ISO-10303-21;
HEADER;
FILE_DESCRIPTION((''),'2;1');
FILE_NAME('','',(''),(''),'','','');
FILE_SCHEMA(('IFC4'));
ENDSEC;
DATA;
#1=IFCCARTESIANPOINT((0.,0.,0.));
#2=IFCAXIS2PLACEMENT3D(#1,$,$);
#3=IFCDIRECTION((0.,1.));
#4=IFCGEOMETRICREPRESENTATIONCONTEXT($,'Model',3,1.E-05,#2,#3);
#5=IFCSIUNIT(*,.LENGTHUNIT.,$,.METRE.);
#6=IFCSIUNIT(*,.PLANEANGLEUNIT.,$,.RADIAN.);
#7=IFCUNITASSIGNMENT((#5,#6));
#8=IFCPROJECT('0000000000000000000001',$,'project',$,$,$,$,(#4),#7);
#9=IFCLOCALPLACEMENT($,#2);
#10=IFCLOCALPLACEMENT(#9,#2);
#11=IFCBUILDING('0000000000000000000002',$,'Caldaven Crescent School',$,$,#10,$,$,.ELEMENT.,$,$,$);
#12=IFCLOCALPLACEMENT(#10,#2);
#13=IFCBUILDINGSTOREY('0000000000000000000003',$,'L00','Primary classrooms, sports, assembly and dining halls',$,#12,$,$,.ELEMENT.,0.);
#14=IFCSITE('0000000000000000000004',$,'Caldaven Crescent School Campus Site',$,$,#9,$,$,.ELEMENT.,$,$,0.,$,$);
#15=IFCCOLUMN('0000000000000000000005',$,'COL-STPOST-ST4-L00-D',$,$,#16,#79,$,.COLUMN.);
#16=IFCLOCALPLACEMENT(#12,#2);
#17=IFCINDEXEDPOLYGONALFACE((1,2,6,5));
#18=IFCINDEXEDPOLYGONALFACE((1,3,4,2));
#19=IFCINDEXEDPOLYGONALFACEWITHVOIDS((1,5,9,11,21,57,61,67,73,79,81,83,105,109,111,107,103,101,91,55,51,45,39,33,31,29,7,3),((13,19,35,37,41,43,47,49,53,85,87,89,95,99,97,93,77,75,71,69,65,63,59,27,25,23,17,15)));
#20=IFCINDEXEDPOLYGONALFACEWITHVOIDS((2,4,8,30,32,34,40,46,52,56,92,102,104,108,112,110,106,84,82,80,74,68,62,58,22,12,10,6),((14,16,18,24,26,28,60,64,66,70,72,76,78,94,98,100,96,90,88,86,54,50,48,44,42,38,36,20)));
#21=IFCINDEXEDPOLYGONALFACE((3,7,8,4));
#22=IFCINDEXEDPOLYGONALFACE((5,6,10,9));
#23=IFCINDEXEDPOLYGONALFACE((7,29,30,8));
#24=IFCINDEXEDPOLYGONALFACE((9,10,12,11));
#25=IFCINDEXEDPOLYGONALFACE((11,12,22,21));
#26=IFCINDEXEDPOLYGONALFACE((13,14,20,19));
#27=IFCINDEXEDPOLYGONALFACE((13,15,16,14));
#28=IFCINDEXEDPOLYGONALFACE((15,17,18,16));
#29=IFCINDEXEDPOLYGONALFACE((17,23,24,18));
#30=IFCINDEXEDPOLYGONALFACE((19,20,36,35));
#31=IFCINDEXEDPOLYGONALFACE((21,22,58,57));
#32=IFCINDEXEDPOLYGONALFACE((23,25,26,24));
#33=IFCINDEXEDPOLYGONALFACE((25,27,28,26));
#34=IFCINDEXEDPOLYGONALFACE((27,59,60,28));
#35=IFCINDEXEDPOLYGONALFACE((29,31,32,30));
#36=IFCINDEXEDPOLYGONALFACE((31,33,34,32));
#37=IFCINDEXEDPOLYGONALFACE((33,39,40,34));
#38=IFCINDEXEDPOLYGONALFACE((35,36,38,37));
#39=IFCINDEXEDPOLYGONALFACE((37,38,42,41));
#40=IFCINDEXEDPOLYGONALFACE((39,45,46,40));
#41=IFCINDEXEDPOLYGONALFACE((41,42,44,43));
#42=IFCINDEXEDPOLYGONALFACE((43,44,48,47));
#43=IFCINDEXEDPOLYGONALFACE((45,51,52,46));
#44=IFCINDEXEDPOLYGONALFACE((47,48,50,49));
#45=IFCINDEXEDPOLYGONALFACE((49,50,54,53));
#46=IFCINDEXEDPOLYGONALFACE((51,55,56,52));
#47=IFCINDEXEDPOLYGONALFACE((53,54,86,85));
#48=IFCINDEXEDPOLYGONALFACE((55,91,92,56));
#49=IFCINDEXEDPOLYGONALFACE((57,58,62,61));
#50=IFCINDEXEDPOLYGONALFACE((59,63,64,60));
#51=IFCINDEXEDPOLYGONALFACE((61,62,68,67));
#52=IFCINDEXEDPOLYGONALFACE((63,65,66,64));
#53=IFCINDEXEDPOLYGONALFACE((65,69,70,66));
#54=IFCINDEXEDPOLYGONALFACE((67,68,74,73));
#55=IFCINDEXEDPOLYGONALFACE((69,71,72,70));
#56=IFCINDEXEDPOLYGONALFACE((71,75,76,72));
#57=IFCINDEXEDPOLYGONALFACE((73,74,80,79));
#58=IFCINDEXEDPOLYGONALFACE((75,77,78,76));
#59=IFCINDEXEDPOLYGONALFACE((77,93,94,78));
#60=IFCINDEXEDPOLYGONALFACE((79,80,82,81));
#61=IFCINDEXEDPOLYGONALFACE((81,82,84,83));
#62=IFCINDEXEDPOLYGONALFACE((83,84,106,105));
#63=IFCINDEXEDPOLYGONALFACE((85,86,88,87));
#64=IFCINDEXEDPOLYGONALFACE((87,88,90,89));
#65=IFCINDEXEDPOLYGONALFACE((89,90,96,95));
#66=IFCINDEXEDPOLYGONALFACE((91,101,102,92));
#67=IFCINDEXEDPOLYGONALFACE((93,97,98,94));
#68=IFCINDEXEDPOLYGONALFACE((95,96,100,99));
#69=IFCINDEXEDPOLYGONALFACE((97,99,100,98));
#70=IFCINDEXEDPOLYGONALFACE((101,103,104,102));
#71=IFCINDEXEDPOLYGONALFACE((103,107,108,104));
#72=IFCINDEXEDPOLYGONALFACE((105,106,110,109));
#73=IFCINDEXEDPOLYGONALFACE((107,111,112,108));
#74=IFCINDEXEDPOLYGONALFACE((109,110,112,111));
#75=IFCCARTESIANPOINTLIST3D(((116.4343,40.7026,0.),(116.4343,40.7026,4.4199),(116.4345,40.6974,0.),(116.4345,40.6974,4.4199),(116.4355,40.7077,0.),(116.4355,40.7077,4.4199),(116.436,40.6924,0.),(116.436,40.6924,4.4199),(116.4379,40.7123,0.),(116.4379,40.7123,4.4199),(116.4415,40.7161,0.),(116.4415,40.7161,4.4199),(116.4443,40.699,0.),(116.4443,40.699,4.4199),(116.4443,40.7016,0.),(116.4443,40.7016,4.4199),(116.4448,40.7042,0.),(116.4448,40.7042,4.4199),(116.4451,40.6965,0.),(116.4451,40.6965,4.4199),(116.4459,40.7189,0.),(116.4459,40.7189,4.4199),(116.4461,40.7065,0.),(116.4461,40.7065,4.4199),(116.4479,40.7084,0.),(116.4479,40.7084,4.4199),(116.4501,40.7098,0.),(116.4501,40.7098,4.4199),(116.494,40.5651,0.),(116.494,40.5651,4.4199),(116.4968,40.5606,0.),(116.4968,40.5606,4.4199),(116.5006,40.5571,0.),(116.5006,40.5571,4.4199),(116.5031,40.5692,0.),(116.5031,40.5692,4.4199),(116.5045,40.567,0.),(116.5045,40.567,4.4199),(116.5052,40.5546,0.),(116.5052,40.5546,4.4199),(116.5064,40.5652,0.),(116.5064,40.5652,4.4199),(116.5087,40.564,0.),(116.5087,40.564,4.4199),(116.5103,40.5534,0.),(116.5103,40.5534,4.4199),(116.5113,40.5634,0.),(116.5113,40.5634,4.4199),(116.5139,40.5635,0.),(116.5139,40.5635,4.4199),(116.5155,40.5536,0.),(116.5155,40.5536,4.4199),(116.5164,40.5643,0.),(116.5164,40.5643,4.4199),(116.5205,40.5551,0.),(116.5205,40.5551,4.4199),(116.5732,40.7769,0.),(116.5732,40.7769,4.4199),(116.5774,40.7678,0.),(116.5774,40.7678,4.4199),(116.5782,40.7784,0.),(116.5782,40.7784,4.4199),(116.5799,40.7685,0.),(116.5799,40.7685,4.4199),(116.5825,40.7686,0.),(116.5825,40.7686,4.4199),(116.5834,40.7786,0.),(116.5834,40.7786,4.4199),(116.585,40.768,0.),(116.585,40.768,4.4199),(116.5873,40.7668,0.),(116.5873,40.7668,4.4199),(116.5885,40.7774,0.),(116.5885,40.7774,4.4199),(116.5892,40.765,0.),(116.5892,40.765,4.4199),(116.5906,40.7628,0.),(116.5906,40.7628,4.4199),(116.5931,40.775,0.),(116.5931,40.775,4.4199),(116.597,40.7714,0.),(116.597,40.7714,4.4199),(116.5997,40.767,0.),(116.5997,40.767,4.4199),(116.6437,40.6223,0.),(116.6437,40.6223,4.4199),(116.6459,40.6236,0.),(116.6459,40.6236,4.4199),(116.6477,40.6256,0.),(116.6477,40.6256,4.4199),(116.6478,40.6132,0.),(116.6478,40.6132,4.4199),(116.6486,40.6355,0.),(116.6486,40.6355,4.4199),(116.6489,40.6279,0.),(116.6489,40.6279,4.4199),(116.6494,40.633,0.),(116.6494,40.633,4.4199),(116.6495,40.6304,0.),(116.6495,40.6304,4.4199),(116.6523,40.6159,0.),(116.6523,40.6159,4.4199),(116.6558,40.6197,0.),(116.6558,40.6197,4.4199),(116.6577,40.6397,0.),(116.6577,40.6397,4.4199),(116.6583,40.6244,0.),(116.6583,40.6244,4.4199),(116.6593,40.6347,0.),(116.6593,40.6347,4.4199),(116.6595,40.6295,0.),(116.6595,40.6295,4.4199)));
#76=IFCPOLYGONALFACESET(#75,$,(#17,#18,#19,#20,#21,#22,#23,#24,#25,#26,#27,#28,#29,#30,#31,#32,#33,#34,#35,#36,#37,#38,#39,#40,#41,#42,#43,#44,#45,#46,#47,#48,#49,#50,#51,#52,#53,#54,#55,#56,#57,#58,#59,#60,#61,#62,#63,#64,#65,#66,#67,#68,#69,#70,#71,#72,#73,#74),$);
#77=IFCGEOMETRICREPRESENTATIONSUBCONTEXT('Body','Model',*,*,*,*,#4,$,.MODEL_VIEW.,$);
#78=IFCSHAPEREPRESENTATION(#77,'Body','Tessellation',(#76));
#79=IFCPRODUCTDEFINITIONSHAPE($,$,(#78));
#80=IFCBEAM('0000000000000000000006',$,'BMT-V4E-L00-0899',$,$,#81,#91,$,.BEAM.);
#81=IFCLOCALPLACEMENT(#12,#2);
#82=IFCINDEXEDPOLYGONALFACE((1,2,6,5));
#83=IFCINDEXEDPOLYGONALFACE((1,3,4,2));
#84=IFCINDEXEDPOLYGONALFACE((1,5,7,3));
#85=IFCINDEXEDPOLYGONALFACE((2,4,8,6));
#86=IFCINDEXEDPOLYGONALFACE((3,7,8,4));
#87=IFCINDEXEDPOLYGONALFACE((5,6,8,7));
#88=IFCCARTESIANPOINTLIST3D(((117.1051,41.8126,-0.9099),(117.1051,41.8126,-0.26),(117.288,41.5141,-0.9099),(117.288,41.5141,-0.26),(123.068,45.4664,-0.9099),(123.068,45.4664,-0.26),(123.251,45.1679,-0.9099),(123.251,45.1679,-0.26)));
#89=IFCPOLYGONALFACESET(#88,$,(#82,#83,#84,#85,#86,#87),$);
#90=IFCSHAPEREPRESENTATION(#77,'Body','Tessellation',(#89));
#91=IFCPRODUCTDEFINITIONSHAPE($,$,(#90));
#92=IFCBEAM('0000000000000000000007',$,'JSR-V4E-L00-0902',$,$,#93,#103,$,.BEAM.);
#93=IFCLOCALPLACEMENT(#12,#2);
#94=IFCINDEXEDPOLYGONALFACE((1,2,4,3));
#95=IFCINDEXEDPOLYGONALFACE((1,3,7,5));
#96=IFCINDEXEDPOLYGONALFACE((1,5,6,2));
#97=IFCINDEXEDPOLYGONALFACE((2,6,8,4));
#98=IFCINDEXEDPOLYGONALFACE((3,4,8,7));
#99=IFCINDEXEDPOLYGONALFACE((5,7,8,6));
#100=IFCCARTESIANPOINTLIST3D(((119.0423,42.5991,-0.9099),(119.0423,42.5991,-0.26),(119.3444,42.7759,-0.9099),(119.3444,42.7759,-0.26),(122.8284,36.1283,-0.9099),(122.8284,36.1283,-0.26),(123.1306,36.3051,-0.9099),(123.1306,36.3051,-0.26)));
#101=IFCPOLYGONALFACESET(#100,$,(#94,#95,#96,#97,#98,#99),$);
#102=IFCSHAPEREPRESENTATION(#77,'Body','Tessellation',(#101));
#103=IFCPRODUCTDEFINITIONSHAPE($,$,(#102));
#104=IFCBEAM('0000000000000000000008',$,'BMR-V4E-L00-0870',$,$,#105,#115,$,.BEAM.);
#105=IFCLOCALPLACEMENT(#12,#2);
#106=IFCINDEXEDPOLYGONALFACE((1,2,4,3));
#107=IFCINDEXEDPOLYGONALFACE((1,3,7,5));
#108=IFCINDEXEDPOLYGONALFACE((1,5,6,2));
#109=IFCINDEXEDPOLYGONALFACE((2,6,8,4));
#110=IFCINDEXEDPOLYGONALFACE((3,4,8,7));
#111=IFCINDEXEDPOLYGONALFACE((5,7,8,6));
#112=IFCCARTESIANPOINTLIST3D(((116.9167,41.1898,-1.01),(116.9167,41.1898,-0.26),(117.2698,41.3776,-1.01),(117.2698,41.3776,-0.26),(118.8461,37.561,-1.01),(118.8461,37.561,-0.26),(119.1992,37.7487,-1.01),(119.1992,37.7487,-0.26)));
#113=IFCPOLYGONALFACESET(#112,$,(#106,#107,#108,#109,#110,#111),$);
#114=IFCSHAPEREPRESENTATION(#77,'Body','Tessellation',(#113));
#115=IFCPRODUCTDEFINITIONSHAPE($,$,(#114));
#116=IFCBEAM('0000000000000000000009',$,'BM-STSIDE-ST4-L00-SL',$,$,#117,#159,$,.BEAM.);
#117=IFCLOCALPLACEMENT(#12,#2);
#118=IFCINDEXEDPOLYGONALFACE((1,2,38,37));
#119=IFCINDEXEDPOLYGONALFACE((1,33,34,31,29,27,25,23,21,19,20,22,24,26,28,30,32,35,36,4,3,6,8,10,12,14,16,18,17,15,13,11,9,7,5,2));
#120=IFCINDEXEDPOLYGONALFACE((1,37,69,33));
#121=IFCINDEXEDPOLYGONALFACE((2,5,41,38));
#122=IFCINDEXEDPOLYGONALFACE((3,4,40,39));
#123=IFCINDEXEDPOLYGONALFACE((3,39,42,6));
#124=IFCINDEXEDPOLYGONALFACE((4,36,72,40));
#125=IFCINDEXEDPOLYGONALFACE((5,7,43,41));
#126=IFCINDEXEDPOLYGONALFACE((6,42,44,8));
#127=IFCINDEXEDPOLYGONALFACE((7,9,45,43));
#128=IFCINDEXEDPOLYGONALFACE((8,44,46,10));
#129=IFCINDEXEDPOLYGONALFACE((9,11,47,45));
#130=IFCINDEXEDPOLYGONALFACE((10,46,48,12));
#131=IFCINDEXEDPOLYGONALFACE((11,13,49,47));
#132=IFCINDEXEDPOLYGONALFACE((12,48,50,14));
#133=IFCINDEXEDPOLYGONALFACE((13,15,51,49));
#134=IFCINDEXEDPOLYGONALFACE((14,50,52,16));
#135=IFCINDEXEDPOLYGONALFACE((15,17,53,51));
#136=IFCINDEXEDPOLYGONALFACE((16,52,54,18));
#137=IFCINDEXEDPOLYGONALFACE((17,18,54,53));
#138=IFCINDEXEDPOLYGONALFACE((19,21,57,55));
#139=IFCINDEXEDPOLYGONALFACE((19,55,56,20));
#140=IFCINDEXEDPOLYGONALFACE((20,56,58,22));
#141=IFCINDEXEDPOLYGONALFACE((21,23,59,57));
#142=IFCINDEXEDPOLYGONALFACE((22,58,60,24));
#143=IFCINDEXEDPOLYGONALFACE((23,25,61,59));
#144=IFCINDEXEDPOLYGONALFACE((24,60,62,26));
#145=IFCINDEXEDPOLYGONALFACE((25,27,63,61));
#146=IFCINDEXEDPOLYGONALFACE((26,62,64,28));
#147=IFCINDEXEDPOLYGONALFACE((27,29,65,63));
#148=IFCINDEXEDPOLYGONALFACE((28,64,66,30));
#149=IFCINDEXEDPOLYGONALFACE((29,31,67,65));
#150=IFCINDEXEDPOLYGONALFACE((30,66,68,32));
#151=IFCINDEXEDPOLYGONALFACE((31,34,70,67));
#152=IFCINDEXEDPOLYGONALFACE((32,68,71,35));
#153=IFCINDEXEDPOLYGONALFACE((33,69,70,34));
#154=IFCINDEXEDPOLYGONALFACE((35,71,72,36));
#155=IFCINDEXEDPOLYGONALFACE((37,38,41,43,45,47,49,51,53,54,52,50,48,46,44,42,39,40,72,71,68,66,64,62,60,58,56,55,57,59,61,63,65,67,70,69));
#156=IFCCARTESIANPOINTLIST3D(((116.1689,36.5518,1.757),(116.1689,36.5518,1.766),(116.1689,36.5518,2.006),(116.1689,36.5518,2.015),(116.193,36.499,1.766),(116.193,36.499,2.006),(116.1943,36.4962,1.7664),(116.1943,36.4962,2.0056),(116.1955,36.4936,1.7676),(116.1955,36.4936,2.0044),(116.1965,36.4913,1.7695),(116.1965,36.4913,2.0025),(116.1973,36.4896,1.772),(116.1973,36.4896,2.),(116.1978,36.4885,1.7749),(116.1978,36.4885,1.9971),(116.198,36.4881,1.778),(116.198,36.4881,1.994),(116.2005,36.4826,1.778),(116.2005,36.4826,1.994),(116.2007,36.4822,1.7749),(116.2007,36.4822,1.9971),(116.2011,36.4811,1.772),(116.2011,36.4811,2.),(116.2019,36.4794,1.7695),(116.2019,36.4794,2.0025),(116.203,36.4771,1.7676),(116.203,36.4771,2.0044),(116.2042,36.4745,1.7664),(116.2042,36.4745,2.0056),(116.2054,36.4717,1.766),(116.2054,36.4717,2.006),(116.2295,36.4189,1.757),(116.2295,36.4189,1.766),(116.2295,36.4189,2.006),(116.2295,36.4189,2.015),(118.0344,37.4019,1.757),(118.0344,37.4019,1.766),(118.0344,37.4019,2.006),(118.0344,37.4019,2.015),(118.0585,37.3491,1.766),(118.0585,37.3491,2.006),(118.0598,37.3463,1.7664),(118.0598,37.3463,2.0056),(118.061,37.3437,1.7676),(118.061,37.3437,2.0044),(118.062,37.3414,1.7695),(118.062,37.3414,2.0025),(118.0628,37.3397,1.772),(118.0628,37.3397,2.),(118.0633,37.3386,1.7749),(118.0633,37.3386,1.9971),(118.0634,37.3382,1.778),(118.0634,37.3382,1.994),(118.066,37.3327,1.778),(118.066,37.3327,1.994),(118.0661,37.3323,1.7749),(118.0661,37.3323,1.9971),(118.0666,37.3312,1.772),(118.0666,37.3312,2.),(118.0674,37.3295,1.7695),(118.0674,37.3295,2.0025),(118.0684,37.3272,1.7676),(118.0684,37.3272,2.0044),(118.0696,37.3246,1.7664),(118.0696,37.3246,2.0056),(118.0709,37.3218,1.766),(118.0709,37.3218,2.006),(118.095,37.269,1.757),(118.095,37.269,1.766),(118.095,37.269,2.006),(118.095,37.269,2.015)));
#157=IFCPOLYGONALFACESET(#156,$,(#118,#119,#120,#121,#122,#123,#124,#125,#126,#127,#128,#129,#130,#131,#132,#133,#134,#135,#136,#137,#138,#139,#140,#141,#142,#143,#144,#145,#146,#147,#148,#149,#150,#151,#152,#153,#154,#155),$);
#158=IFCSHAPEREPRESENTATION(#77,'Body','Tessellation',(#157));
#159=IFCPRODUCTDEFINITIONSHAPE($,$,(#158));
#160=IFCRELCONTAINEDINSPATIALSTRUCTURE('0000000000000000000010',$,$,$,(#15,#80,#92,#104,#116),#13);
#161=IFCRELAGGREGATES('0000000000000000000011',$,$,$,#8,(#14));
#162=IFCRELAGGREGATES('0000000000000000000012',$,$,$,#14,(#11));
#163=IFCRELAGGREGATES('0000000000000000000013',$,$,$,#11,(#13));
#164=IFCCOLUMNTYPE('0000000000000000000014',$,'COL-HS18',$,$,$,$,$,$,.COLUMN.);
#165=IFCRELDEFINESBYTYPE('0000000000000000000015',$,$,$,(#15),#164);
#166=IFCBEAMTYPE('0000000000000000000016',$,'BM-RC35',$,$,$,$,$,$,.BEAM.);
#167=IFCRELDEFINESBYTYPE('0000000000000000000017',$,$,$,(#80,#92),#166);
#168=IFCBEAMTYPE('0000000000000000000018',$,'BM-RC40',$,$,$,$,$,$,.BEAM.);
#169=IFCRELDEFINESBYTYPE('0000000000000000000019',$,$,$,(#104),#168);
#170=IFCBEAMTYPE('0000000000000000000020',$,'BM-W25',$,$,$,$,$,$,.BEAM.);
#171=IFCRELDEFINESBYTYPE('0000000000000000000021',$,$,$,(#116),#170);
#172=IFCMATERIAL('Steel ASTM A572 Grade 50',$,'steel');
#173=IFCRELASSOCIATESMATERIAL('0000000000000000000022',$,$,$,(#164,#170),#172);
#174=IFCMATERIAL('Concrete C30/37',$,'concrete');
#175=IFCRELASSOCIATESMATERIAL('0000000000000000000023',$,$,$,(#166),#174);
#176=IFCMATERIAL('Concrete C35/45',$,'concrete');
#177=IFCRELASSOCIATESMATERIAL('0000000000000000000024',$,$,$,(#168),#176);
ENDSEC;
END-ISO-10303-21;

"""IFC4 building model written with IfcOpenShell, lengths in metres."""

from ifc_helpers import new_model, si_unit, direction, frame, origin, origin_2d, place, context, subcontext, project, spatial, rectangle, hollow_rectangle, i_section, extrude, material, material_profile, profile_set, type_object, element, save


model = new_model("IFC4")

# Units and contexts
model_context = context("Model", 3, precision=1e-05, world=origin(), true_north=direction((0.0, 1.0)))
body_context = subcontext(model_context, "Body", "Model", "MODEL_VIEW")
ifc_project = project(units=[si_unit("LENGTHUNIT", "METRE"), si_unit("PLANEANGLEUNIT", "RADIAN")], contexts=[model_context])

# Site, building, storey
site_placement = place(None, origin())
site = spatial("IfcSite", under=ifc_project, at=site_placement, Name="Caldaven Crescent School Campus Site", CompositionType="ELEMENT", RefElevation=0.0)
building_placement = place(site_placement, origin())
building = spatial("IfcBuilding", under=site, at=building_placement, Name="Caldaven Crescent School", CompositionType="ELEMENT")
storey_placement = place(building_placement, origin())
storey = spatial("IfcBuildingStorey", under=building, at=storey_placement, Name="L00", Description="Primary classrooms, sports, assembly and dining halls", CompositionType="ELEMENT", Elevation=0.0)

# Column
ifc_material_1 = material(Name="Steel ASTM A572 Grade 50", Category="steel")
ifc_material_profile_1 = material_profile(ifc_material_1, hollow_rectangle(XDim=0.1799, YDim=0.1799, WallThickness=0.01, InnerFilletRadius=0.01, OuterFilletRadius=0.02, at=origin_2d()), Name="HSS 180x180x10")
ifc_profile_set_1 = profile_set([ifc_material_profile_1], Name="Steel ASTM A572 Grade 50")
column_type_1 = type_object("IfcColumnType", Name="COL-HS18", PredefinedType="COLUMN", material=ifc_profile_set_1)
for number, where, z_axis, x_axis, name in (
    (1, (116.5469, 40.666, 0.0), (0.0, 0.0, 1.0), (0.909961, 0.414693, 0.0), "COL-STPOST-ST4-L00-D"),
):
    element("IfcColumn", number, at=place(storey_placement, frame(where, z_axis=z_axis, x_axis=x_axis)), inside=storey, type_object=column_type_1, Name=name, PredefinedType="COLUMN", context=body_context, shape_type="SweptSolid", body=[
        extrude(hollow_rectangle(XDim=0.1799, YDim=0.1799, WallThickness=0.01, InnerFilletRadius=0.01, OuterFilletRadius=0.02, at=origin_2d()), origin(), (0.0, 0.0, 1.0), 4.4199),
    ])

# Beams
ifc_material_2 = material(Name="Concrete C30/37", Category="concrete")
ifc_material_profile_2 = material_profile(ifc_material_2, rectangle(XDim=0.3501, YDim=0.6499, at=origin_2d()), Name="RC 350x650")
ifc_profile_set_2 = profile_set([ifc_material_profile_2], Name="Concrete C30/37")
beam_type_1 = type_object("IfcBeamType", Name="BM-RC35", PredefinedType="BEAM", material=ifc_profile_set_2)
beam_1_placement = place(storey_placement, frame((117.1965, 41.6633, -0.585), z_axis=(0.852656, 0.522472, 0.0), x_axis=(-0.522472, 0.852656, 0.0)))
element("IfcBeam", 2, at=beam_1_placement, inside=storey, type_object=beam_type_1, Name="BMT-V4E-L00-0899", PredefinedType="BEAM", context=body_context, shape_type="SweptSolid", body=[
    extrude(rectangle(XDim=0.3501, YDim=0.6499, at=origin_2d()), origin(), (0.0, 0.0, 1.0), 6.9934),
])
beam_2_placement = place(storey_placement, frame((119.1934, 42.6875, -0.585), z_axis=(0.505021, -0.863107, 0.0), x_axis=(0.863107, 0.505021, 0.0)))
element("IfcBeam", 3, at=beam_2_placement, inside=storey, type_object=beam_type_1, Name="JSR-V4E-L00-0902", PredefinedType="BEAM", context=body_context, shape_type="SweptSolid", body=[
    extrude(rectangle(XDim=0.3501, YDim=0.6499, at=origin_2d()), origin(), (0.0, 0.0, 1.0), 7.4971),
])
ifc_material_3 = material(Name="Concrete C35/45", Category="concrete")
ifc_material_profile_3 = material_profile(ifc_material_3, rectangle(XDim=0.3999, YDim=0.75, at=origin_2d()), Name="RC 400x750")
ifc_profile_set_3 = profile_set([ifc_material_profile_3], Name="Concrete C35/45")
beam_type_2 = type_object("IfcBeamType", Name="BM-RC40", PredefinedType="BEAM", material=ifc_profile_set_3)
beam_3_placement = place(storey_placement, frame((117.0933, 41.2837, -0.635), z_axis=(0.469456, -0.882956, 0.0), x_axis=(0.882956, 0.469456, 0.0)))
element("IfcBeam", 4, at=beam_3_placement, inside=storey, type_object=beam_type_2, Name="BMR-V4E-L00-0870", PredefinedType="BEAM", context=body_context, shape_type="SweptSolid", body=[
    extrude(rectangle(XDim=0.3999, YDim=0.75, at=origin_2d()), origin(), (0.0, 0.0, 1.0), 4.1099),
])
ifc_material_profile_4 = material_profile(ifc_material_1, i_section(OverallWidth=0.146, OverallDepth=0.2581, WebThickness=0.0061, FlangeThickness=0.009, FilletRadius=0.012, at=origin_2d()), Name="W250x33")
ifc_profile_set_4 = profile_set([ifc_material_profile_4], Name="Steel ASTM A572 Grade 50")
beam_type_3 = type_object("IfcBeamType", Name="BM-W25", PredefinedType="BEAM", material=ifc_profile_set_4)
beam_4_placement = place(storey_placement, frame((116.1992, 36.4854, 1.886), z_axis=(0.90997, 0.414673, 0.0), x_axis=(-0.414673, 0.90997, 0.0)))
element("IfcBeam", 5, at=beam_4_placement, inside=storey, type_object=beam_type_3, Name="BM-STSIDE-ST4-L00-SL", PredefinedType="BEAM", context=body_context, shape_type="SweptSolid", body=[
    extrude(i_section(OverallWidth=0.146, OverallDepth=0.2581, WebThickness=0.0061, FlangeThickness=0.009, FilletRadius=0.012, at=origin_2d()), origin(), (0.0, 0.0, 1.0), 2.05),
])

save(model, "model.ifc")
